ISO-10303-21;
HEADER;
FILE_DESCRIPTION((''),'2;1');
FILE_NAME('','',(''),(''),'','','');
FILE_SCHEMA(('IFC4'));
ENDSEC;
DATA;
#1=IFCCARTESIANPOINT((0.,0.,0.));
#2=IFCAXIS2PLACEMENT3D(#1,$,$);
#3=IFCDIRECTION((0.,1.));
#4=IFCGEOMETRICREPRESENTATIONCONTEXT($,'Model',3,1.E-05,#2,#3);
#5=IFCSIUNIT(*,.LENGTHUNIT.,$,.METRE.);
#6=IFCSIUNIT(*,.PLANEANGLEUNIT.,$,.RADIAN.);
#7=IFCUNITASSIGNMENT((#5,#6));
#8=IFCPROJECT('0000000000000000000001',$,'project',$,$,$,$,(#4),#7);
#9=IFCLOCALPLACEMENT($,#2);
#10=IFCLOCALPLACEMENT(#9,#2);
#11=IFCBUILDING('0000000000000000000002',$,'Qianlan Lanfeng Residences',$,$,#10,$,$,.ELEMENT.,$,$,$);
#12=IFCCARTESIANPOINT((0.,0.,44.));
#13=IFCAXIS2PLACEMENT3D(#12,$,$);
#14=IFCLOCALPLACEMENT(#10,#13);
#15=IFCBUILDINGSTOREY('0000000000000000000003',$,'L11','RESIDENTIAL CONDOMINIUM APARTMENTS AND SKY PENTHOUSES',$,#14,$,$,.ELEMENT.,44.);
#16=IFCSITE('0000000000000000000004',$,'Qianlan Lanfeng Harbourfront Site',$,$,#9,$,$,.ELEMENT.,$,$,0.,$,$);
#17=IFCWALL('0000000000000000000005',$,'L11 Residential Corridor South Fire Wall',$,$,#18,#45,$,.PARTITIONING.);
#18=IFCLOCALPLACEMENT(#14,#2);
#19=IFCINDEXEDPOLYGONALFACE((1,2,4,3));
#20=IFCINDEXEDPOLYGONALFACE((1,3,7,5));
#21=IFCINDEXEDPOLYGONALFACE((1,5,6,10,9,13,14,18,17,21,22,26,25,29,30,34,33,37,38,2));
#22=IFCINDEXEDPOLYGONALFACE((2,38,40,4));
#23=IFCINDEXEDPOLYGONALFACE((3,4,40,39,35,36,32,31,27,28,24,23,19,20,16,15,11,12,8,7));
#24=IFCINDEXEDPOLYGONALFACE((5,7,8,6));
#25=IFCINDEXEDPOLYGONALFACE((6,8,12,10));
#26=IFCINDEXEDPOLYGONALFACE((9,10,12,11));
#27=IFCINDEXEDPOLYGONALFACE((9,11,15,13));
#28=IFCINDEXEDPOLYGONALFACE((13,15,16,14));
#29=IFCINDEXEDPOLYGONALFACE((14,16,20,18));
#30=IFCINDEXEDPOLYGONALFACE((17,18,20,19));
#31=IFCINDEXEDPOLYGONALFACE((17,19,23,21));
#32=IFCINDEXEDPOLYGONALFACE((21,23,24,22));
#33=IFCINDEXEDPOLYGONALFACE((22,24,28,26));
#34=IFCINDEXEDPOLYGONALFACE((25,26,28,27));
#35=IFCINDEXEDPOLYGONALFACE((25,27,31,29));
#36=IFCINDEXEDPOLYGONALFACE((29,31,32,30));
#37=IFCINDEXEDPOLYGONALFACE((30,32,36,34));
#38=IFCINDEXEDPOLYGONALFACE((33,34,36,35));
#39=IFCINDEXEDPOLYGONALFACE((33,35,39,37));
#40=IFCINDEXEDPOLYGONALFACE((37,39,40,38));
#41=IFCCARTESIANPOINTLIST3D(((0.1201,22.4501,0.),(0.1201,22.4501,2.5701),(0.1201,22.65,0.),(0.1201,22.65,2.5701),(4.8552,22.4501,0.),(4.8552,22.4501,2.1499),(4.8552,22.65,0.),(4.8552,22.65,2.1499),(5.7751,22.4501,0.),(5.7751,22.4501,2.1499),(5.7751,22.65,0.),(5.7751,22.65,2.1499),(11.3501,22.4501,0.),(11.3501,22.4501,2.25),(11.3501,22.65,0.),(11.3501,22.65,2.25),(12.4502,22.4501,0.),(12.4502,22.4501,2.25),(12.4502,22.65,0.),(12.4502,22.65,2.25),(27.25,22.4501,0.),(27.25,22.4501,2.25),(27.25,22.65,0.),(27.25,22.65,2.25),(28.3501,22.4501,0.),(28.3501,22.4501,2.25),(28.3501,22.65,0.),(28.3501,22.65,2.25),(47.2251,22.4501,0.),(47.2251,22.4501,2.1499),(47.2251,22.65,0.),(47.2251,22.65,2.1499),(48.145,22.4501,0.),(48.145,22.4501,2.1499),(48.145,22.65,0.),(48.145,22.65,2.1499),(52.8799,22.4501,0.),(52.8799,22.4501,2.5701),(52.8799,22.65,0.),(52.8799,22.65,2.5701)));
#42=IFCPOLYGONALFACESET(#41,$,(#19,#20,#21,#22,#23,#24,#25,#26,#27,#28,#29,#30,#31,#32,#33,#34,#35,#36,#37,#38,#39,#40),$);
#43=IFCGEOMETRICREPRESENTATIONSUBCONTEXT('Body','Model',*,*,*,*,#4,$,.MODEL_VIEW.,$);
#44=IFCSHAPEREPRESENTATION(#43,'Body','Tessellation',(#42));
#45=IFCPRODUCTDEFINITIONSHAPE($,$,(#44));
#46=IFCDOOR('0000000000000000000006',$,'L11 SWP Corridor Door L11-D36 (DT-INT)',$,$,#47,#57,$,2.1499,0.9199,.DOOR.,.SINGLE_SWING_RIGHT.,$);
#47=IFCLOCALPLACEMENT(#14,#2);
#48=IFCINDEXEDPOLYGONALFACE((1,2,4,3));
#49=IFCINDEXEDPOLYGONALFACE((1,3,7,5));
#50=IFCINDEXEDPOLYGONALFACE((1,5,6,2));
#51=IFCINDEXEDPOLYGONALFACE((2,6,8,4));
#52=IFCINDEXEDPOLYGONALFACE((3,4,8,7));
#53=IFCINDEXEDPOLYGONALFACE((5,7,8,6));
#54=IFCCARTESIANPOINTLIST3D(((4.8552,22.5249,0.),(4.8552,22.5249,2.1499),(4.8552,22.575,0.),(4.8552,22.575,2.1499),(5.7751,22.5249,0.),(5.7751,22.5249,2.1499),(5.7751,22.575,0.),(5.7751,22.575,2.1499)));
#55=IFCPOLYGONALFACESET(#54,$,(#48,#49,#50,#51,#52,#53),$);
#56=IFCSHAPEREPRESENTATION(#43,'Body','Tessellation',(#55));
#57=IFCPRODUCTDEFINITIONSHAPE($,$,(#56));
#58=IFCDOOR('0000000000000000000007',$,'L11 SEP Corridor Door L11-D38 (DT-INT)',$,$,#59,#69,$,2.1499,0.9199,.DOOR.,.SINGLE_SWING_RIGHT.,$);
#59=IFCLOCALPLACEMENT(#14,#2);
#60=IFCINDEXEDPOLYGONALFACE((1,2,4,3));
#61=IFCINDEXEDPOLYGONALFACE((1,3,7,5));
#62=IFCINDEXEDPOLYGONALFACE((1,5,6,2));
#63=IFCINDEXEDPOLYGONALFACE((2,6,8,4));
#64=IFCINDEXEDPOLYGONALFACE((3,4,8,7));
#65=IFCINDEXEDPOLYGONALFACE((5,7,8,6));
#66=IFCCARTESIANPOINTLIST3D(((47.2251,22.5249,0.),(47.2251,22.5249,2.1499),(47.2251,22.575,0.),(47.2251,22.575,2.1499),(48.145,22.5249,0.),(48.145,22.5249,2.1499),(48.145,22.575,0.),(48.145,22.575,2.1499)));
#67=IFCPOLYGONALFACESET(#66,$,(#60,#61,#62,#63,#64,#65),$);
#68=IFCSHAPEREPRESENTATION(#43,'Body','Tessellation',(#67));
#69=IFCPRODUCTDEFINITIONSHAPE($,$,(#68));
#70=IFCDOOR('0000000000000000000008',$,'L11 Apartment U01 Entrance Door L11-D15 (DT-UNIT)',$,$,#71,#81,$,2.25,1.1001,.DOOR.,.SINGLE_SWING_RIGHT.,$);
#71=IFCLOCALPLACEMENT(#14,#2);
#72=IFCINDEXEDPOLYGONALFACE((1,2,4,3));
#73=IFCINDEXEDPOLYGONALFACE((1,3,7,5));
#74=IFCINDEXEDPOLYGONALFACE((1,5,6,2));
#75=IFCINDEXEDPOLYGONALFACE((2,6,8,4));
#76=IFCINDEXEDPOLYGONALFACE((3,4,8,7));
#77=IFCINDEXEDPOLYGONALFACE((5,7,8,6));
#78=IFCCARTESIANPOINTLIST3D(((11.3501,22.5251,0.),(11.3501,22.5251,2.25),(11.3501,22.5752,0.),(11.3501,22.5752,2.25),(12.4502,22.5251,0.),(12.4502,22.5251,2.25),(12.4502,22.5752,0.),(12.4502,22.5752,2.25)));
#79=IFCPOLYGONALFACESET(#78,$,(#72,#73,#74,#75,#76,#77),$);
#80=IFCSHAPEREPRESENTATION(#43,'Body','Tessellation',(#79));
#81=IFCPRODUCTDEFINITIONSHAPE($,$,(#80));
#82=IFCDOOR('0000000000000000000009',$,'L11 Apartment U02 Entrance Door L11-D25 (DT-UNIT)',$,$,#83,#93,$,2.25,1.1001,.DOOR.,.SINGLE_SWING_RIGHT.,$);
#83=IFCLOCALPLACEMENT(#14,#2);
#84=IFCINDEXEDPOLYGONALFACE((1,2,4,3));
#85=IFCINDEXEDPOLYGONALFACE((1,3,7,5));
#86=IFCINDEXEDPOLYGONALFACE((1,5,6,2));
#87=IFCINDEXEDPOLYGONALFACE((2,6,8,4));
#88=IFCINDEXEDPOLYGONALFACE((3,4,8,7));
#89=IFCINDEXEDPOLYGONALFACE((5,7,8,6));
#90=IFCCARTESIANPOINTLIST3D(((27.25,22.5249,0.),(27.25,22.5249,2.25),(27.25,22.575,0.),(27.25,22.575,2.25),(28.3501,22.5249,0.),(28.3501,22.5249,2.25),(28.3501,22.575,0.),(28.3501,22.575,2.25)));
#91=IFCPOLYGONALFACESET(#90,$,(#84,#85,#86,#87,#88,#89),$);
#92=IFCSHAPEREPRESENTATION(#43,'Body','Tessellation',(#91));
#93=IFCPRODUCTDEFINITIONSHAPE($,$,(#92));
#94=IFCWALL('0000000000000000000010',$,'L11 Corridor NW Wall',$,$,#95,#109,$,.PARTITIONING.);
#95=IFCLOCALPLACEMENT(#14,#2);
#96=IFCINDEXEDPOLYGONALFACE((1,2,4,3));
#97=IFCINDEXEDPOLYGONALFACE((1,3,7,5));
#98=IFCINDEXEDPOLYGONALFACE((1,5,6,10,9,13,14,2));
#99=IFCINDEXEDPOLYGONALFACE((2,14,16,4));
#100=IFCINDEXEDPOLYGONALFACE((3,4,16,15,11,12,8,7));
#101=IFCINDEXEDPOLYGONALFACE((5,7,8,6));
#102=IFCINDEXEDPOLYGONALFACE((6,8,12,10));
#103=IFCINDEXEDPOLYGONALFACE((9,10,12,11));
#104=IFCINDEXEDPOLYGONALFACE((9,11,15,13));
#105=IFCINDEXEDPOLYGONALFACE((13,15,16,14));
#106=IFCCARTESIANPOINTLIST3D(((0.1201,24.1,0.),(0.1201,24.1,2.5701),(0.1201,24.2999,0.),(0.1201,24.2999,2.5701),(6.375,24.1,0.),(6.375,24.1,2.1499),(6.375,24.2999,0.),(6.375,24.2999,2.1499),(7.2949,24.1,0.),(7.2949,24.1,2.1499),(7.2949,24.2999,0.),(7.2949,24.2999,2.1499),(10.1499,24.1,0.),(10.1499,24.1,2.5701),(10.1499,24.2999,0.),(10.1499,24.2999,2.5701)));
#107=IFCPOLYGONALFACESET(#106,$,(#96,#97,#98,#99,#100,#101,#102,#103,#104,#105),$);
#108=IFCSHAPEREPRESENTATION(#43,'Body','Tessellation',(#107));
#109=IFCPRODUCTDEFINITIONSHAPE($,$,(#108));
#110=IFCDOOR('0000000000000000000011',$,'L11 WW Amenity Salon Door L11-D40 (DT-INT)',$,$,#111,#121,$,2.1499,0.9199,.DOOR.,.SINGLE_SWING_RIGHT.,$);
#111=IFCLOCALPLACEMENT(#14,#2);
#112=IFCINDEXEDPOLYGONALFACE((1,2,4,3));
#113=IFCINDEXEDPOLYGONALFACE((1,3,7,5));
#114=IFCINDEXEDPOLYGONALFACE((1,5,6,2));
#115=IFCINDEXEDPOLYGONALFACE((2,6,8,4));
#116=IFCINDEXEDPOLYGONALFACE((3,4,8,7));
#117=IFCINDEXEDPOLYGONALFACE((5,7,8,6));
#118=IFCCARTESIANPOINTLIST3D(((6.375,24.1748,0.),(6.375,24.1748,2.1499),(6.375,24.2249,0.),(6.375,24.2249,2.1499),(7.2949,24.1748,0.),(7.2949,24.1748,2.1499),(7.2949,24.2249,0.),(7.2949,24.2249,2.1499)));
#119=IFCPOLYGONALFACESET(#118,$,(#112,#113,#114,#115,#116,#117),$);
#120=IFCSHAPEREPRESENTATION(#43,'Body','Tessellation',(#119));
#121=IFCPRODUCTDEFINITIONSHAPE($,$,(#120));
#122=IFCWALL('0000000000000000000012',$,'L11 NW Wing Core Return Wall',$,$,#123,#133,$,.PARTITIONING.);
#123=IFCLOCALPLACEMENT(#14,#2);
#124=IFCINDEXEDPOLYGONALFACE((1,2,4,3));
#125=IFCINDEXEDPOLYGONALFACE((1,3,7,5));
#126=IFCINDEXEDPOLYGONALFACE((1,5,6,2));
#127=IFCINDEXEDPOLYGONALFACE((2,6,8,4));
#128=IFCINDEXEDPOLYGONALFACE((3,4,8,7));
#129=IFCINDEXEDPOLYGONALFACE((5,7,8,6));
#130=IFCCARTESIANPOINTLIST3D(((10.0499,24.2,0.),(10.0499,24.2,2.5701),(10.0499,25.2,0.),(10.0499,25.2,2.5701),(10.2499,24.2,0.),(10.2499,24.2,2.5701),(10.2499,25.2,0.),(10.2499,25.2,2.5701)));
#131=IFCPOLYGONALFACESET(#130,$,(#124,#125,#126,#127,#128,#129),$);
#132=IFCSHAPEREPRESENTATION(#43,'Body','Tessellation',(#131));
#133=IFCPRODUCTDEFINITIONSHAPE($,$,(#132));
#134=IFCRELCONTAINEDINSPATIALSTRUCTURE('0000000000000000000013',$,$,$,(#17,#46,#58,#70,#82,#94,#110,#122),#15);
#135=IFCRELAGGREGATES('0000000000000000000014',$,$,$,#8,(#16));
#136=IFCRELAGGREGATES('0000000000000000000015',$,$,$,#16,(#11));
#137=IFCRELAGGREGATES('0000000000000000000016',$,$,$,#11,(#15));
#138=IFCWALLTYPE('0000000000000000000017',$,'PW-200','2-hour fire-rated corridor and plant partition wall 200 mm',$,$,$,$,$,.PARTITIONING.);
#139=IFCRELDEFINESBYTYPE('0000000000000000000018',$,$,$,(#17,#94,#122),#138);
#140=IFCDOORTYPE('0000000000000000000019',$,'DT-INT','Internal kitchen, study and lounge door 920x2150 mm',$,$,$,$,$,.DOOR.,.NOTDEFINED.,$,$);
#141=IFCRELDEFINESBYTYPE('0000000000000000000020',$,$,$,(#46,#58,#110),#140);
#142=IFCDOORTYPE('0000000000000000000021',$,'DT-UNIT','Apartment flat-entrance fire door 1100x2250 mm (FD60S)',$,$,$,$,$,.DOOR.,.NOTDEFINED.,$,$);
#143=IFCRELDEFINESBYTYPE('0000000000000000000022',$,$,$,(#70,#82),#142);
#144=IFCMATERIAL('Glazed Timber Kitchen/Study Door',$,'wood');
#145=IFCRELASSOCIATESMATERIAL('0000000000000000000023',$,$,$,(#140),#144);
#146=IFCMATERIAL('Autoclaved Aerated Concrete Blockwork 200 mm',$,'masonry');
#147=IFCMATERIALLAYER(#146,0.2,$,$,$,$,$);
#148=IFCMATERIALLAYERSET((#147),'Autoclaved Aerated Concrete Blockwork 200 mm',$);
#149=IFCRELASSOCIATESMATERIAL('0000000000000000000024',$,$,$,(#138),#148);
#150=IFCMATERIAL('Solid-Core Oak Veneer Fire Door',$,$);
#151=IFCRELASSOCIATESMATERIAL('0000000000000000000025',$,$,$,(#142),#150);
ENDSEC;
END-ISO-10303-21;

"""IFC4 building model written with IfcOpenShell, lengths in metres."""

from ifc_helpers import new_model, si_unit, direction, frame, frame_2d, origin, place, context, subcontext, project, spatial, rectangle, extrude, material, layer, layer_set, type_object, element, fill, save


model = new_model("IFC4")

# Units and contexts
model_context = context("Model", 3, precision=1e-05, world=origin(), true_north=direction((0.0, 1.0)))
body_context = subcontext(model_context, "Body", "Model", "MODEL_VIEW")
ifc_project = project(units=[si_unit("LENGTHUNIT", "METRE"), si_unit("PLANEANGLEUNIT", "RADIAN")], contexts=[model_context])

# Site, building, storey
site_placement = place(None, origin())
site = spatial("IfcSite", under=ifc_project, at=site_placement, Name="Qianlan Lanfeng Harbourfront Site", CompositionType="ELEMENT", RefElevation=0.0)
building_placement = place(site_placement, origin())
building = spatial("IfcBuilding", under=site, at=building_placement, Name="Qianlan Lanfeng Residences", CompositionType="ELEMENT")
storey_placement = place(building_placement, frame((0.0, 0.0, 44.0)))
storey = spatial("IfcBuildingStorey", under=building, at=storey_placement, Name="L11", Description="RESIDENTIAL CONDOMINIUM APARTMENTS AND SKY PENTHOUSES", CompositionType="ELEMENT", Elevation=44.0)

# Shared definitions
ifc_material_1 = material(Name="Glazed Timber Kitchen/Study Door", Category="wood")
door_type_1 = type_object("IfcDoorType", Name="DT-INT", Description="Internal kitchen, study and lounge door 920x2150 mm", OperationType="NOTDEFINED", PredefinedType="DOOR", material=ifc_material_1)

# Wall, openings, doors
ifc_material_2 = material(Name="Autoclaved Aerated Concrete Blockwork 200 mm", Category="masonry")
ifc_layer_1 = layer(ifc_material_2, 0.2)
ifc_layer_set_1 = layer_set([ifc_layer_1], Name="Autoclaved Aerated Concrete Blockwork 200 mm")
wall_type_1 = type_object("IfcWallType", Name="PW-200", Description="2-hour fire-rated corridor and plant partition wall 200 mm", PredefinedType="PARTITIONING", material=ifc_layer_set_1)
wall_1_placement = place(storey_placement, frame((0.1201, 22.55, 0.0), z_axis=(0.0, 0.0, 1.0), x_axis=(1.0, 0.0, 0.0)))
wall_1 = element("IfcWall", 1, at=wall_1_placement, inside=storey, type_object=wall_type_1, Name="L11 Residential Corridor South Fire Wall", PredefinedType="PARTITIONING", context=body_context, shape_type="SweptSolid", body=[
    extrude(rectangle(XDim=52.7598, YDim=0.2, at=frame_2d((26.3799, 0.0))), origin(), (0.0, 0.0, 1.0), 2.5701),
])
opening_1_placement = place(wall_1_placement, frame((11.23, 0.0, 0.0)))
opening_1 = element("IfcOpeningElement", 2, at=opening_1_placement, cuts=wall_1, PredefinedType="OPENING", context=body_context, shape_type="SweptSolid", body=[
    extrude(rectangle(XDim=1.1001, YDim=2.25, at=frame_2d((0.55, 1.125))), frame((0.0, 0.1099, 0.0), z_axis=(0.0, -1.0, 0.0), x_axis=(1.0, 0.0, 0.0)), (0.0, 0.0, 1.0), 0.22),
])
opening_2_placement = place(wall_1_placement, frame((27.1299, 0.0, 0.0)))
opening_2 = element("IfcOpeningElement", 3, at=opening_2_placement, cuts=wall_1, PredefinedType="OPENING", context=body_context, shape_type="SweptSolid", body=[
    extrude(rectangle(XDim=1.1001, YDim=2.25, at=frame_2d((0.55, 1.125))), frame((0.0, 0.1099, 0.0), z_axis=(0.0, -1.0, 0.0), x_axis=(1.0, 0.0, 0.0)), (0.0, 0.0, 1.0), 0.22),
])
opening_3_placement = place(wall_1_placement, frame((4.7351, 0.0, 0.0)))
opening_3 = element("IfcOpeningElement", 4, at=opening_3_placement, cuts=wall_1, PredefinedType="OPENING", context=body_context, shape_type="SweptSolid", body=[
    extrude(rectangle(XDim=0.9199, YDim=2.1499, at=frame_2d((0.46, 1.075))), frame((0.0, 0.1099, 0.0), z_axis=(0.0, -1.0, 0.0), x_axis=(1.0, 0.0, 0.0)), (0.0, 0.0, 1.0), 0.22),
])
opening_4_placement = place(wall_1_placement, frame((47.105, 0.0, 0.0)))
opening_4 = element("IfcOpeningElement", 5, at=opening_4_placement, cuts=wall_1, PredefinedType="OPENING", context=body_context, shape_type="SweptSolid", body=[
    extrude(rectangle(XDim=0.9199, YDim=2.1499, at=frame_2d((0.46, 1.075))), frame((0.0, 0.1099, 0.0), z_axis=(0.0, -1.0, 0.0), x_axis=(1.0, 0.0, 0.0)), (0.0, 0.0, 1.0), 0.22),
])
door_1_placement = place(opening_3_placement, origin())
door_1 = element("IfcDoor", 6, at=door_1_placement, inside=storey, type_object=door_type_1, Name="L11 SWP Corridor Door L11-D36 (DT-INT)", OperationType="SINGLE_SWING_RIGHT", OverallHeight=2.1499, OverallWidth=0.9199, PredefinedType="DOOR", context=body_context, shape_type="SweptSolid", body=[
    extrude(rectangle(XDim=0.9199, YDim=2.1499, at=frame_2d((0.46, 1.075))), frame((0.0, 0.0249, 0.0), z_axis=(0.0, -1.0, 0.0), x_axis=(1.0, 0.0, 0.0)), (0.0, 0.0, 1.0), 0.05),
])
fill(opening_3, door_1)
door_2_placement = place(opening_4_placement, origin())
door_2 = element("IfcDoor", 7, at=door_2_placement, inside=storey, type_object=door_type_1, Name="L11 SEP Corridor Door L11-D38 (DT-INT)", OperationType="SINGLE_SWING_RIGHT", OverallHeight=2.1499, OverallWidth=0.9199, PredefinedType="DOOR", context=body_context, shape_type="SweptSolid", body=[
    extrude(rectangle(XDim=0.9199, YDim=2.1499, at=frame_2d((0.46, 1.075))), frame((0.0, 0.0249, 0.0), z_axis=(0.0, -1.0, 0.0), x_axis=(1.0, 0.0, 0.0)), (0.0, 0.0, 1.0), 0.05),
])
fill(opening_4, door_2)
ifc_material_3 = material(Name="Solid-Core Oak Veneer Fire Door")
door_type_2 = type_object("IfcDoorType", Name="DT-UNIT", Description="Apartment flat-entrance fire door 1100x2250 mm (FD60S)", OperationType="NOTDEFINED", PredefinedType="DOOR", material=ifc_material_3)
door_3_placement = place(opening_1_placement, frame((1.1001, 0.0, 0.0), z_axis=(0.0, 0.0, 1.0), x_axis=(-1.0, 0.0, 0.0)))
door_3 = element("IfcDoor", 8, at=door_3_placement, inside=storey, type_object=door_type_2, Name="L11 Apartment U01 Entrance Door L11-D15 (DT-UNIT)", OperationType="SINGLE_SWING_RIGHT", OverallHeight=2.25, OverallWidth=1.1001, PredefinedType="DOOR", context=body_context, shape_type="SweptSolid", body=[
    extrude(rectangle(XDim=1.1001, YDim=2.25, at=frame_2d((0.55, 1.125))), frame((0.0, 0.0249, 0.0), z_axis=(0.0, -1.0, 0.0), x_axis=(1.0, 0.0, 0.0)), (0.0, 0.0, 1.0), 0.05),
])
fill(opening_1, door_3)
door_4_placement = place(opening_2_placement, origin())
door_4 = element("IfcDoor", 9, at=door_4_placement, inside=storey, type_object=door_type_2, Name="L11 Apartment U02 Entrance Door L11-D25 (DT-UNIT)", OperationType="SINGLE_SWING_RIGHT", OverallHeight=2.25, OverallWidth=1.1001, PredefinedType="DOOR", context=body_context, shape_type="SweptSolid", body=[
    extrude(rectangle(XDim=1.1001, YDim=2.25, at=frame_2d((0.55, 1.125))), frame((0.0, 0.0249, 0.0), z_axis=(0.0, -1.0, 0.0), x_axis=(1.0, 0.0, 0.0)), (0.0, 0.0, 1.0), 0.05),
])
fill(opening_2, door_4)

# Wall, opening, door
wall_2_placement = place(storey_placement, frame((0.1201, 24.2, 0.0), z_axis=(0.0, 0.0, 1.0), x_axis=(1.0, 0.0, 0.0)))
wall_2 = element("IfcWall", 10, at=wall_2_placement, inside=storey, type_object=wall_type_1, Name="L11 Corridor NW Wall", PredefinedType="PARTITIONING", context=body_context, shape_type="SweptSolid", body=[
    extrude(rectangle(XDim=10.0298, YDim=0.2, at=frame_2d((5.0149, 0.0))), origin(), (0.0, 0.0, 1.0), 2.5701),
])
opening_5_placement = place(wall_2_placement, frame((6.2549, 0.0, 0.0)))
opening_5 = element("IfcOpeningElement", 11, at=opening_5_placement, cuts=wall_2, PredefinedType="OPENING", context=body_context, shape_type="SweptSolid", body=[
    extrude(rectangle(XDim=0.9199, YDim=2.1499, at=frame_2d((0.46, 1.075))), frame((0.0, 0.1099, 0.0), z_axis=(0.0, -1.0, 0.0), x_axis=(1.0, 0.0, 0.0)), (0.0, 0.0, 1.0), 0.22),
])
door_5_placement = place(opening_5_placement, origin())
door_5 = element("IfcDoor", 12, at=door_5_placement, inside=storey, type_object=door_type_1, Name="L11 WW Amenity Salon Door L11-D40 (DT-INT)", OperationType="SINGLE_SWING_RIGHT", OverallHeight=2.1499, OverallWidth=0.9199, PredefinedType="DOOR", context=body_context, shape_type="SweptSolid", body=[
    extrude(rectangle(XDim=0.9199, YDim=2.1499, at=frame_2d((0.46, 1.075))), frame((0.0, 0.0249, 0.0), z_axis=(0.0, -1.0, 0.0), x_axis=(1.0, 0.0, 0.0)), (0.0, 0.0, 1.0), 0.05),
])
fill(opening_5, door_5)

# Wall
wall_3_placement = place(storey_placement, frame((10.1499, 24.2, 0.0), z_axis=(0.0, 0.0, 1.0), x_axis=(0.0, 1.0, 0.0)))
element("IfcWall", 13, at=wall_3_placement, inside=storey, type_object=wall_type_1, Name="L11 NW Wing Core Return Wall", PredefinedType="PARTITIONING", context=body_context, shape_type="SweptSolid", body=[
    extrude(rectangle(XDim=1.0, YDim=0.2, at=frame_2d((0.5, 0.0))), origin(), (0.0, 0.0, 1.0), 2.5701),
])

save(model, "model.ifc")
